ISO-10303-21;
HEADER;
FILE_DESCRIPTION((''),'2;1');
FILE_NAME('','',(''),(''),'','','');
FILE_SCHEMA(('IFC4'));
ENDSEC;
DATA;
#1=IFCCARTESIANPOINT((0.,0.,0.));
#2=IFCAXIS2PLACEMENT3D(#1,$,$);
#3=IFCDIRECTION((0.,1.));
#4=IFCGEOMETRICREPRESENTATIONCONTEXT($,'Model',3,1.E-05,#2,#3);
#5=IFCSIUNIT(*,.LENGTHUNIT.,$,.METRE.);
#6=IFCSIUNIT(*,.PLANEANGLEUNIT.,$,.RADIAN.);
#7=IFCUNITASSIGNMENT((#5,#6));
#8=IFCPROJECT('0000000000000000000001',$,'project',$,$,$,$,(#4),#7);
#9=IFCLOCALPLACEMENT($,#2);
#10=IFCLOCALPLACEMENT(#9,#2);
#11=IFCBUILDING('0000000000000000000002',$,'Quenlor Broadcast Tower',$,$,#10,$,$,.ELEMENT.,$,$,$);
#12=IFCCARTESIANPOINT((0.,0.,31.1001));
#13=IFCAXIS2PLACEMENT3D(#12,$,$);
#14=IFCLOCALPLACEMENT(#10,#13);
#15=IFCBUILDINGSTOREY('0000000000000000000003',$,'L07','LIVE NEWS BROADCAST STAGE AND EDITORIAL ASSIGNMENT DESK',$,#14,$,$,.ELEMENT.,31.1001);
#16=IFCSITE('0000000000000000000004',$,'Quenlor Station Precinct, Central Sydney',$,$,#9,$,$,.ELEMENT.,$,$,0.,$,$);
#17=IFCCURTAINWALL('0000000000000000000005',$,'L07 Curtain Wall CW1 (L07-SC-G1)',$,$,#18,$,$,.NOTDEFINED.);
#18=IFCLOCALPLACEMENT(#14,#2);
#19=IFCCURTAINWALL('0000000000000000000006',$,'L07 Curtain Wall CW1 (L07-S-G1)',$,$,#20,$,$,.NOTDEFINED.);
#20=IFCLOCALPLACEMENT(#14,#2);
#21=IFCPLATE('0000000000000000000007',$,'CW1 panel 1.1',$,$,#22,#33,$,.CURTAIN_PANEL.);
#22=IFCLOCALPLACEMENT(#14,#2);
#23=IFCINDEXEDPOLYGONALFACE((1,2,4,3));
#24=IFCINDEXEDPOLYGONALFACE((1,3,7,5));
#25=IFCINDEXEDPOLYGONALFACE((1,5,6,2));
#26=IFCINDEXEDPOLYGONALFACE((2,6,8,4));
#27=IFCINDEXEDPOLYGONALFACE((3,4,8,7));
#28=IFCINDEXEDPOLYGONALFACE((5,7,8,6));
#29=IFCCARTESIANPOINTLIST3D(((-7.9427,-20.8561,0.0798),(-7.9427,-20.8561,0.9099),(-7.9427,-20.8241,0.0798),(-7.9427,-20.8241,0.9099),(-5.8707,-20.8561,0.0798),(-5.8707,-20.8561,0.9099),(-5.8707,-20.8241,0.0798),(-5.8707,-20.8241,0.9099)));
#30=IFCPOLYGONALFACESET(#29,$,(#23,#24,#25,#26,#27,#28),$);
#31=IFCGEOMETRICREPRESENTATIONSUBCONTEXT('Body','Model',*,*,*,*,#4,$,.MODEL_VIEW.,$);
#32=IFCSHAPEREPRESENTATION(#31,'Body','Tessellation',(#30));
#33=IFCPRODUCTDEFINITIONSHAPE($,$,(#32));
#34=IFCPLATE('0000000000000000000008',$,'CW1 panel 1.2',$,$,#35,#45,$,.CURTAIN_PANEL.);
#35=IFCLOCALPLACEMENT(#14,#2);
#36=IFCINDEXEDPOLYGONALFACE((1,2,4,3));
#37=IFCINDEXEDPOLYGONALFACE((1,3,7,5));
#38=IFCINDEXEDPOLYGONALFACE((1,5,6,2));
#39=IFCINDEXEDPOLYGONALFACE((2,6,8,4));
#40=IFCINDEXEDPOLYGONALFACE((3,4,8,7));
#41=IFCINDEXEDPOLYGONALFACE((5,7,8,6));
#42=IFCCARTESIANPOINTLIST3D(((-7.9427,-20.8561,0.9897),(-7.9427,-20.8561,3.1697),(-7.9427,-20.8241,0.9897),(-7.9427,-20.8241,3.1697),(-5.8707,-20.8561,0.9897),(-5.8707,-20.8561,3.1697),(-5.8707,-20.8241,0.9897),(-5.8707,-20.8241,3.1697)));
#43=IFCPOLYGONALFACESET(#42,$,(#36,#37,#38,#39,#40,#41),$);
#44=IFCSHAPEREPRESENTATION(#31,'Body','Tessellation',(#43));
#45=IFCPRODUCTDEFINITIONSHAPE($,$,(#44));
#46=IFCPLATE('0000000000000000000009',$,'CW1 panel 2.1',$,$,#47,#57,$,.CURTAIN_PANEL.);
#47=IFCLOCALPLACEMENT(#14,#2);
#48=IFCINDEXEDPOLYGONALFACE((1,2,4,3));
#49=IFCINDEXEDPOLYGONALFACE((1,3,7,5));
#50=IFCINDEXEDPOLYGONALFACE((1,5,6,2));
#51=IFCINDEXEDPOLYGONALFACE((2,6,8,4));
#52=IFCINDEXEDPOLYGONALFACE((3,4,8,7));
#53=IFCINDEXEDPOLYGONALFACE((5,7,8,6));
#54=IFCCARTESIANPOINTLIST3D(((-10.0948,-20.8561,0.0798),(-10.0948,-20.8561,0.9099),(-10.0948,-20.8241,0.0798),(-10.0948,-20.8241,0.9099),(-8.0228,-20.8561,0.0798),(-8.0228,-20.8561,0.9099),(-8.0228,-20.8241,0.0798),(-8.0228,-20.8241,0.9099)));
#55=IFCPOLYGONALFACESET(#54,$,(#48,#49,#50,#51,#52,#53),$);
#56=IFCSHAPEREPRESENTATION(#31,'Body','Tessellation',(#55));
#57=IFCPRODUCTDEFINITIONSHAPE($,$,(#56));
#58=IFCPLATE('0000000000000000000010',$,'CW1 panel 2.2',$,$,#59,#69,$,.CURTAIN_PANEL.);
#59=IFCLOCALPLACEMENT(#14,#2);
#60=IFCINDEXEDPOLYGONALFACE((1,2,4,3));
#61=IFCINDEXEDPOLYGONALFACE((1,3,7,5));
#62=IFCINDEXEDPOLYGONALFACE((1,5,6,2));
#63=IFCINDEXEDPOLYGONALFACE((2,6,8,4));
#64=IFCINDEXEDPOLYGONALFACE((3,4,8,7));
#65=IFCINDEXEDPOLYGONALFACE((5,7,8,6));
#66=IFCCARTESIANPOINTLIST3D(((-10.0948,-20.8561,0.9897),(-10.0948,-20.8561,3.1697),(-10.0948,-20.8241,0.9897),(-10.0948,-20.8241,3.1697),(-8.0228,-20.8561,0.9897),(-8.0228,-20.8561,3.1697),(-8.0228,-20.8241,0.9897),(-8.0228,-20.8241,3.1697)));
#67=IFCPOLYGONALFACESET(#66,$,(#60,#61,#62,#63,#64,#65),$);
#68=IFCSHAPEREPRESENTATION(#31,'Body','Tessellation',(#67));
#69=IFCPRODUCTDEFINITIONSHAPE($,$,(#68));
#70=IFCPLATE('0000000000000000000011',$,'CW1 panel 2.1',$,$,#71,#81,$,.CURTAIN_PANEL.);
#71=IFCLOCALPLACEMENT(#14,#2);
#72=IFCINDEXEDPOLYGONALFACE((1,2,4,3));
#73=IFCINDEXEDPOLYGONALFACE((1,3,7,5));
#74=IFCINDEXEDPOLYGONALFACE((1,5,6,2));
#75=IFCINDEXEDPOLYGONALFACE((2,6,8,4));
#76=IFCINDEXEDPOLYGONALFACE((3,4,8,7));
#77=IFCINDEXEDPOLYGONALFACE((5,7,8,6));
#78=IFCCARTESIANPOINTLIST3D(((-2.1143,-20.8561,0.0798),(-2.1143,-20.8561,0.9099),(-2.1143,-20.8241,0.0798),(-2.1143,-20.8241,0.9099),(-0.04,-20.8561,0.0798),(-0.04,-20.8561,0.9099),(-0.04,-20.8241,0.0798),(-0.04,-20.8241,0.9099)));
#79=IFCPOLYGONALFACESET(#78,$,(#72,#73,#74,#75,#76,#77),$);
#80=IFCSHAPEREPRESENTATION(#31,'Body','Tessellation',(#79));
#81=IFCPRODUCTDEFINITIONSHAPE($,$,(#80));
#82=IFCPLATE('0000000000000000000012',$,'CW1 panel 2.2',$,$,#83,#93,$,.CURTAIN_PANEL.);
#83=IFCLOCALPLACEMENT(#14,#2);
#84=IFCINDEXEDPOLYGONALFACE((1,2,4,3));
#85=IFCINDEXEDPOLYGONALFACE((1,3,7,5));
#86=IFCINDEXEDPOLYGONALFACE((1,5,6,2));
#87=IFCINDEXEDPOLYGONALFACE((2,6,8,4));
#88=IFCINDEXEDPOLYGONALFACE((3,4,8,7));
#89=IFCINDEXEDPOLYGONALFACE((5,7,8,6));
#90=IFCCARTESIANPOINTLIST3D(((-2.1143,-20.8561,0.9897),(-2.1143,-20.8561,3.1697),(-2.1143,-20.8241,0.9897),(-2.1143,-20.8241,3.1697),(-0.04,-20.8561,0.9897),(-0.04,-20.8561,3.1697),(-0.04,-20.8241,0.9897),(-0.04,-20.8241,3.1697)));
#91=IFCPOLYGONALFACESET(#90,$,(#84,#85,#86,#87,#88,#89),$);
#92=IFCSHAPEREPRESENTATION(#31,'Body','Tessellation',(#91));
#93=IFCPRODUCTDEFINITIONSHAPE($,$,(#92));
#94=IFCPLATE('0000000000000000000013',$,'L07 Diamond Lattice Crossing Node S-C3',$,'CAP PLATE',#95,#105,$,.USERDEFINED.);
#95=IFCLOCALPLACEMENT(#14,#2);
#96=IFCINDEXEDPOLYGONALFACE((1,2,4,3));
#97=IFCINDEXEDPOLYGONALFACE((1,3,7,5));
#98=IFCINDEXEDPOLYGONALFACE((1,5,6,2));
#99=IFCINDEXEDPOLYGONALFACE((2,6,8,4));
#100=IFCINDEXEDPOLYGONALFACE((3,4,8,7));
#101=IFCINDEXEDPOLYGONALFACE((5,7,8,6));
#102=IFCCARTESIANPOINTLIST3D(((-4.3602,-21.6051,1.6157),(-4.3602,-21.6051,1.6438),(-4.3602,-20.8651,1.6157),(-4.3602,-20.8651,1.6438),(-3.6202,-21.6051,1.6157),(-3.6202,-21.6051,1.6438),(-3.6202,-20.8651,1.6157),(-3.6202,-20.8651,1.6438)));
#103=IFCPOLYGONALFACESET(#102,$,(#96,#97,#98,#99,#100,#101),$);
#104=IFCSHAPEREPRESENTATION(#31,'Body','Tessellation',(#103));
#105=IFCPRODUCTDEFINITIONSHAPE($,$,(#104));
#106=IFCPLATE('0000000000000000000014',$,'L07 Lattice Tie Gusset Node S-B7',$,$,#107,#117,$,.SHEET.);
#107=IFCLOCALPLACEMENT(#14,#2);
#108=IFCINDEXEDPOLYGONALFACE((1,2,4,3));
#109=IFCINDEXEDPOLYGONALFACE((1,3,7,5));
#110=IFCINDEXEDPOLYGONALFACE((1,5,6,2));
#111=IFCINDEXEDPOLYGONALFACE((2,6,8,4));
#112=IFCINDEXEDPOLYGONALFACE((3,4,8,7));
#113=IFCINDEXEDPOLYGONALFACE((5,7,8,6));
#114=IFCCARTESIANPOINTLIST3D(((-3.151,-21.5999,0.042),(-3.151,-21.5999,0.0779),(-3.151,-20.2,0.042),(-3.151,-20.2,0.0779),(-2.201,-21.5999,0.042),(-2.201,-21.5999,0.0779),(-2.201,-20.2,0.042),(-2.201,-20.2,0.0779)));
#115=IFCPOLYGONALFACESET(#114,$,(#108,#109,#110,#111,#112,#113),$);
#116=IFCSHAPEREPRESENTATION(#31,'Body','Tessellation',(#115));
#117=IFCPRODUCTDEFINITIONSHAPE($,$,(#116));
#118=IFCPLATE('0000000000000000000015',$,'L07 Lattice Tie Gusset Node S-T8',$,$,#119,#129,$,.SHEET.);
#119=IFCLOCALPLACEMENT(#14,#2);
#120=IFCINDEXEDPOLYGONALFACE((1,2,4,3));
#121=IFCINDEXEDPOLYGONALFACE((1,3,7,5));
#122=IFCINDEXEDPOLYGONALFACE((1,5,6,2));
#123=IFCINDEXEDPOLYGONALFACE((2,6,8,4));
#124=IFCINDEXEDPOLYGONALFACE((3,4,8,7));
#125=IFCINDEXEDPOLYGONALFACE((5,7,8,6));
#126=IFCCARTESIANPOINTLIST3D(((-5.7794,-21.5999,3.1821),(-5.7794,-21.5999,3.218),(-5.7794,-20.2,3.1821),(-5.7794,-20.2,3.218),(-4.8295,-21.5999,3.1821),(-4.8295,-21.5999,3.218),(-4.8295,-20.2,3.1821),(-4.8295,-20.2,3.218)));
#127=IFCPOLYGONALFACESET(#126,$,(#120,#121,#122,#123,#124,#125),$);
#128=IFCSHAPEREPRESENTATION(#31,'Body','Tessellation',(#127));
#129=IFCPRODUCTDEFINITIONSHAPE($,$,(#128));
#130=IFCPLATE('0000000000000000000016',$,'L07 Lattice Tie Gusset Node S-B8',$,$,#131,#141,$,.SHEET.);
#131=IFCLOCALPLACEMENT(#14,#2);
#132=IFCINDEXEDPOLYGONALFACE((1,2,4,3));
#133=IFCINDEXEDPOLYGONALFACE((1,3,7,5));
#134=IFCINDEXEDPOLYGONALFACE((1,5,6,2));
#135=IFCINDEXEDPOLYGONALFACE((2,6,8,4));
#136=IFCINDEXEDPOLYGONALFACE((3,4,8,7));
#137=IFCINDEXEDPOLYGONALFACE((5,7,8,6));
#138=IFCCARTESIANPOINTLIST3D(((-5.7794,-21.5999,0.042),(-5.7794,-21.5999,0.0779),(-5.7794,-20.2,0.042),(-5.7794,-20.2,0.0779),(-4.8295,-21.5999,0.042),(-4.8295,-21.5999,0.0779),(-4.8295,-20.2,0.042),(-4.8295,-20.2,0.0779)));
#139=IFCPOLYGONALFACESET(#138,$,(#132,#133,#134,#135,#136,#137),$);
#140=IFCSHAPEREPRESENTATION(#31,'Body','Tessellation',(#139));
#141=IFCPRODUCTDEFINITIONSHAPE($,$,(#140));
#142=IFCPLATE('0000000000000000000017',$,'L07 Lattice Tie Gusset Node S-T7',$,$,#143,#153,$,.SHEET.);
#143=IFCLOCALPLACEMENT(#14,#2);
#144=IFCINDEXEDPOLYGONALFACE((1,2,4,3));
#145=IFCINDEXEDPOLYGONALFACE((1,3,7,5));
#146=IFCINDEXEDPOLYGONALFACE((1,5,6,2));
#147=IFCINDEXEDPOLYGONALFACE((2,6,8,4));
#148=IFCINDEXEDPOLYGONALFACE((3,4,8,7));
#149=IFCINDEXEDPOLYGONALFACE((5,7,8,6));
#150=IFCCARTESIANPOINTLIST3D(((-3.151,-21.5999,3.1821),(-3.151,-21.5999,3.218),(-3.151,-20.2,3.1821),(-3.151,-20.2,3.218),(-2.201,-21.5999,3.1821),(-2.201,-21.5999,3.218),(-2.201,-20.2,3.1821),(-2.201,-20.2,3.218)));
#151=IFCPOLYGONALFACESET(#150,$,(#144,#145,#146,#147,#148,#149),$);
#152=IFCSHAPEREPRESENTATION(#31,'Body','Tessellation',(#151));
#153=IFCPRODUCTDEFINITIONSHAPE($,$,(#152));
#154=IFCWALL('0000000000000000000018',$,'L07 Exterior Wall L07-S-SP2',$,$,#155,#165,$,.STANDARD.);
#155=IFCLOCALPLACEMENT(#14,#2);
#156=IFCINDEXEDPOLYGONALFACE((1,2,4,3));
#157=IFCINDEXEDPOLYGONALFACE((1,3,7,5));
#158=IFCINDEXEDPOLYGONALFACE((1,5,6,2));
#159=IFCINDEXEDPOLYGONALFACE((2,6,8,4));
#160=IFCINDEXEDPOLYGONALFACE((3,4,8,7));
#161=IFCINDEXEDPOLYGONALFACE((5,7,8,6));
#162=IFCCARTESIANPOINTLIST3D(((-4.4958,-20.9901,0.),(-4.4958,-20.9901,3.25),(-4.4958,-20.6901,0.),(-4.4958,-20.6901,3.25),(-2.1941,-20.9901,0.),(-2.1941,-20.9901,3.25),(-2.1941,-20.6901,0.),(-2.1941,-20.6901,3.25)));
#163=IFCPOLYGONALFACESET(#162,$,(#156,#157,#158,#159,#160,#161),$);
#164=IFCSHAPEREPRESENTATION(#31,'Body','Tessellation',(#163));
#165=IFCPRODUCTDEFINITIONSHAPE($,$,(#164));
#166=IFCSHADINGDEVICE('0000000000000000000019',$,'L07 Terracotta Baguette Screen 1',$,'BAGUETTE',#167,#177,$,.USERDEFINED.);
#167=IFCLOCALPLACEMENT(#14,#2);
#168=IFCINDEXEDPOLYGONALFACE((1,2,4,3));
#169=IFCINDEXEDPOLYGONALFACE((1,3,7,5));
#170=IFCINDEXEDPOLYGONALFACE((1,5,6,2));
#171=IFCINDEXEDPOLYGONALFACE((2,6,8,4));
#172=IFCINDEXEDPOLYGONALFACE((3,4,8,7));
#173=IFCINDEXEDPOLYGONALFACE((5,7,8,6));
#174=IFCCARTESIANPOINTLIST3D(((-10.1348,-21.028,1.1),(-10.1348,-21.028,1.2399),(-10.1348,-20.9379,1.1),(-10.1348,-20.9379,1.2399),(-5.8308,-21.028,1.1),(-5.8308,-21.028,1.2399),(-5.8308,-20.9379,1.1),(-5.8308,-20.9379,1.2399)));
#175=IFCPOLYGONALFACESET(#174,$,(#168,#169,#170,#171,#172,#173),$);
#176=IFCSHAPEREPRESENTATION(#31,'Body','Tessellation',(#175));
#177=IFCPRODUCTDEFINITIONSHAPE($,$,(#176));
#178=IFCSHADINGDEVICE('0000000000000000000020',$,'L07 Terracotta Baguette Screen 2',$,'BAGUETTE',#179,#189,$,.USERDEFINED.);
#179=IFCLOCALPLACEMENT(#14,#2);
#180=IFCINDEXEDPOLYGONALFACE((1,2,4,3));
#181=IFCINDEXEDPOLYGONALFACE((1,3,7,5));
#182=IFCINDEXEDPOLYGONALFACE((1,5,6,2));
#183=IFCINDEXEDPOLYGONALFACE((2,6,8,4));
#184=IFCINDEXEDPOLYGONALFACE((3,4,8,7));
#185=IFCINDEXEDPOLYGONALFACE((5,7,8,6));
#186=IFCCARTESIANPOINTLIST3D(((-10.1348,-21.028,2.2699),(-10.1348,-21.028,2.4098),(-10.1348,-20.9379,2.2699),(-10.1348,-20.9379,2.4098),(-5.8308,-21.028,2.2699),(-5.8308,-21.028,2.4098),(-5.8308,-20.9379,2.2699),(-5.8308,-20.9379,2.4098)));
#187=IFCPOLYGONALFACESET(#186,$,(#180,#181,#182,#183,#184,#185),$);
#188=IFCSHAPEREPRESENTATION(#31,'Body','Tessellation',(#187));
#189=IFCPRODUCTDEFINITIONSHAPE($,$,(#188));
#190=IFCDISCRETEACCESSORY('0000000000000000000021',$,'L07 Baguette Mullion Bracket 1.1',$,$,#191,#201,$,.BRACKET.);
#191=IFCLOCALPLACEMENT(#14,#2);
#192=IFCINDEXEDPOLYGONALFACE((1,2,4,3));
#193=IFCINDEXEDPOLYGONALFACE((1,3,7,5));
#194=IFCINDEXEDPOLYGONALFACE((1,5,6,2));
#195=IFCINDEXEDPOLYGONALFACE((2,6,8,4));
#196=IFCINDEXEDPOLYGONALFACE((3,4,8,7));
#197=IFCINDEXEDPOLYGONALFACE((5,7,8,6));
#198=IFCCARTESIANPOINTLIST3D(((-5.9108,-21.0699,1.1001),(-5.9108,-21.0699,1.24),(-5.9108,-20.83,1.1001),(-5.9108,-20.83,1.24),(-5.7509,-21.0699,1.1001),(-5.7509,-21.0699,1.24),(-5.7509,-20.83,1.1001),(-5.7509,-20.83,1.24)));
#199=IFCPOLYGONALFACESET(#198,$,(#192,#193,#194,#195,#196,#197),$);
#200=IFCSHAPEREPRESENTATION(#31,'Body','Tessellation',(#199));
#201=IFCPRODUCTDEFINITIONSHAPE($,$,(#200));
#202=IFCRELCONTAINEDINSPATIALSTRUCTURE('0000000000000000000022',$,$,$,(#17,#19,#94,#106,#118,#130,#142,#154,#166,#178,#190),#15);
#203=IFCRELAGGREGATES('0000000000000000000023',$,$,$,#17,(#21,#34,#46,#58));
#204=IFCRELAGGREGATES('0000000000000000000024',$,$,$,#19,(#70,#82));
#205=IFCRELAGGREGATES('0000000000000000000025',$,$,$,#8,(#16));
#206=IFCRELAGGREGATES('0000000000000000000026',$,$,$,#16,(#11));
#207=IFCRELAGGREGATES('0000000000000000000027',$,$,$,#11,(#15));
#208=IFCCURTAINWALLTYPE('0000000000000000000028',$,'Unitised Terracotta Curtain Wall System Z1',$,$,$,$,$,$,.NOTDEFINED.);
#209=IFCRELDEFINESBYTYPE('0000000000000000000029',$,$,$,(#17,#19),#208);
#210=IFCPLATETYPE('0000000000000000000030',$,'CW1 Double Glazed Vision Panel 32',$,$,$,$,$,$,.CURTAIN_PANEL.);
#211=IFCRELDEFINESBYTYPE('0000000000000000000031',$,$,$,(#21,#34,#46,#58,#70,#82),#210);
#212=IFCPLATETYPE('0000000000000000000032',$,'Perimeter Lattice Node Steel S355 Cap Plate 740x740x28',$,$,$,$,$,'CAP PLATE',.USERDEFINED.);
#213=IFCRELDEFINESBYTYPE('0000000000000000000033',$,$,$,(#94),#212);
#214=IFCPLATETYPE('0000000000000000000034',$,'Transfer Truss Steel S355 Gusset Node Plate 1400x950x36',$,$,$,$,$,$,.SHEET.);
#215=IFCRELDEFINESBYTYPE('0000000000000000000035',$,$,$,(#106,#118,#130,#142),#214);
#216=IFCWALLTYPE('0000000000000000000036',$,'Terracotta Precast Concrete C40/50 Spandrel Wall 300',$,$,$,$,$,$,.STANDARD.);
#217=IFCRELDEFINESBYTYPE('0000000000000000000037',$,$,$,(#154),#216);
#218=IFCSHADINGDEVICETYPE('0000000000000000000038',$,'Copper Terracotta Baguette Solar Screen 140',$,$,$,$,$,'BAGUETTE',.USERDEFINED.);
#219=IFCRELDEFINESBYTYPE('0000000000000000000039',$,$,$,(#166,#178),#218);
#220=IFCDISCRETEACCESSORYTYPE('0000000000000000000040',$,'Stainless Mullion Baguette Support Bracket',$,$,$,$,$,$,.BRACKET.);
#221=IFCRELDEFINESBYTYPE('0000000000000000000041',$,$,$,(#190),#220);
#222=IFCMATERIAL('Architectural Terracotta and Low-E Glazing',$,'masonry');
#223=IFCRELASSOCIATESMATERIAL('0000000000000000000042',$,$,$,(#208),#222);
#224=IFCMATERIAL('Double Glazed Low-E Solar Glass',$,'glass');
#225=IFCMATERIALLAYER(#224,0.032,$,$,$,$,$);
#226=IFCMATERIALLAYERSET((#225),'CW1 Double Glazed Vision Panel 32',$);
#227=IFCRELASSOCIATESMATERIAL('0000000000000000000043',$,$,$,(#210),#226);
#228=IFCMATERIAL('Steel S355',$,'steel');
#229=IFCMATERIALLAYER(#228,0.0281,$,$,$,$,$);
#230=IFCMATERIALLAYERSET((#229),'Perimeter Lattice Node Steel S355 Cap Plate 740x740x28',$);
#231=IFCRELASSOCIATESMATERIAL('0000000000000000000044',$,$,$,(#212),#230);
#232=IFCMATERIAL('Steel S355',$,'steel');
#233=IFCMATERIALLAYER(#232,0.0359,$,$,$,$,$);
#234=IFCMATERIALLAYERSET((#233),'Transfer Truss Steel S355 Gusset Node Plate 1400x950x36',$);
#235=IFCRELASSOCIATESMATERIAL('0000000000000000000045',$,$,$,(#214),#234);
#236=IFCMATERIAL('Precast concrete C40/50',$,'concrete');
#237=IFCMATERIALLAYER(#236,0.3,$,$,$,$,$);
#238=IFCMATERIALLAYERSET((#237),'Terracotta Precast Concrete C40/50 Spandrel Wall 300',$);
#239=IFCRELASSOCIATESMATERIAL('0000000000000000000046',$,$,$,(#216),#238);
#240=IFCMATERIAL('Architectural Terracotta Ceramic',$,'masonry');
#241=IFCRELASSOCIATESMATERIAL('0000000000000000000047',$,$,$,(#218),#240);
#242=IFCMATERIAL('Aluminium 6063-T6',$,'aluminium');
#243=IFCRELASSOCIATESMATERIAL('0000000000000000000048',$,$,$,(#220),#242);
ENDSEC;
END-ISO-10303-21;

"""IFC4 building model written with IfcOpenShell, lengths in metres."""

from ifc_helpers import new_model, si_unit, direction, frame, frame_2d, origin, origin_2d, place, context, subcontext, project, spatial, rectangle, extrude, material, layer, layer_set, material_profile, profile_set, type_object, element, aggregate, save


model = new_model("IFC4")

# Units and contexts
model_context = context("Model", 3, precision=1e-05, world=origin(), true_north=direction((0.0, 1.0)))
body_context = subcontext(model_context, "Body", "Model", "MODEL_VIEW")
ifc_project = project(units=[si_unit("LENGTHUNIT", "METRE"), si_unit("PLANEANGLEUNIT", "RADIAN")], contexts=[model_context])

# Site, building, storey
site_placement = place(None, origin())
site = spatial("IfcSite", under=ifc_project, at=site_placement, Name="Quenlor Station Precinct, Central Sydney", CompositionType="ELEMENT", RefElevation=0.0)
building_placement = place(site_placement, origin())
building = spatial("IfcBuilding", under=site, at=building_placement, Name="Quenlor Broadcast Tower", CompositionType="ELEMENT")
storey_placement = place(building_placement, frame((0.0, 0.0, 31.1001)))
storey = spatial("IfcBuildingStorey", under=building, at=storey_placement, Name="L07", Description="LIVE NEWS BROADCAST STAGE AND EDITORIAL ASSIGNMENT DESK", CompositionType="ELEMENT", Elevation=31.1001)

# Curtain wall
ifc_material_1 = material(Name="Architectural Terracotta and Low-E Glazing", Category="masonry")
curtain_wall_type = type_object("IfcCurtainWallType", Name="Unitised Terracotta Curtain Wall System Z1", PredefinedType="NOTDEFINED", material=ifc_material_1)
curtain_wall_1_placement = place(storey_placement, origin())
curtain_wall_1 = element("IfcCurtainWall", 1, at=curtain_wall_1_placement, inside=storey, type_object=curtain_wall_type, Name="L07 Curtain Wall CW1 (L07-SC-G1)", PredefinedType="NOTDEFINED")

# Curtain wall
curtain_wall_2_placement = place(storey_placement, origin())
curtain_wall_2 = element("IfcCurtainWall", 2, at=curtain_wall_2_placement, inside=storey, type_object=curtain_wall_type, Name="L07 Curtain Wall CW1 (L07-S-G1)", PredefinedType="NOTDEFINED")

# Plates
ifc_material_2 = material(Name="Double Glazed Low-E Solar Glass", Category="glass")
ifc_layer_1 = layer(ifc_material_2, 0.032)
ifc_layer_set_1 = layer_set([ifc_layer_1], Name="CW1 Double Glazed Vision Panel 32")
plate_type_1 = type_object("IfcPlateType", Name="CW1 Double Glazed Vision Panel 32", PredefinedType="CURTAIN_PANEL", material=ifc_layer_set_1)
plate_1_placement = place(storey_placement, frame((-6.9067, -20.8401, 0.0798), z_axis=(0.0, 0.0, 1.0), x_axis=(-1.0, 0.0, 0.0)))
plate_1 = element("IfcPlate", 3, at=plate_1_placement, type_object=plate_type_1, Name="CW1 panel 1.1", PredefinedType="CURTAIN_PANEL", context=body_context, shape_type="SweptSolid", body=[
    extrude(rectangle(XDim=2.072, YDim=0.032, at=origin_2d()), origin(), (0.0, 0.0, 1.0), 0.8301),
])
plate_2_placement = place(storey_placement, frame((-6.9067, -20.8401, 0.9897), z_axis=(0.0, 0.0, 1.0), x_axis=(-1.0, 0.0, 0.0)))
plate_2 = element("IfcPlate", 4, at=plate_2_placement, type_object=plate_type_1, Name="CW1 panel 1.2", PredefinedType="CURTAIN_PANEL", context=body_context, shape_type="SweptSolid", body=[
    extrude(rectangle(XDim=2.072, YDim=0.032, at=origin_2d()), origin(), (0.0, 0.0, 1.0), 2.1799),
])
plate_3_placement = place(storey_placement, frame((-9.0588, -20.8401, 0.0798), z_axis=(0.0, 0.0, 1.0), x_axis=(-1.0, 0.0, 0.0)))
plate_3 = element("IfcPlate", 5, at=plate_3_placement, type_object=plate_type_1, Name="CW1 panel 2.1", PredefinedType="CURTAIN_PANEL", context=body_context, shape_type="SweptSolid", body=[
    extrude(rectangle(XDim=2.072, YDim=0.032, at=origin_2d()), origin(), (0.0, 0.0, 1.0), 0.8301),
])
plate_4_placement = place(storey_placement, frame((-9.0588, -20.8401, 0.9897), z_axis=(0.0, 0.0, 1.0), x_axis=(-1.0, 0.0, 0.0)))
plate_4 = element("IfcPlate", 6, at=plate_4_placement, type_object=plate_type_1, Name="CW1 panel 2.2", PredefinedType="CURTAIN_PANEL", context=body_context, shape_type="SweptSolid", body=[
    extrude(rectangle(XDim=2.072, YDim=0.032, at=origin_2d()), origin(), (0.0, 0.0, 1.0), 2.1799),
])
aggregate(curtain_wall_1, [plate_1, plate_2, plate_3, plate_4])
plate_5_placement = place(storey_placement, frame((-1.0771, -20.8401, 0.0798), z_axis=(0.0, 0.0, 1.0), x_axis=(-1.0, 0.0, 0.0)))
plate_5 = element("IfcPlate", 7, at=plate_5_placement, type_object=plate_type_1, Name="CW1 panel 2.1", PredefinedType="CURTAIN_PANEL", context=body_context, shape_type="SweptSolid", body=[
    extrude(rectangle(XDim=2.0742, YDim=0.032, at=origin_2d()), origin(), (0.0, 0.0, 1.0), 0.8301),
])
plate_6_placement = place(storey_placement, frame((-1.0771, -20.8401, 0.9897), z_axis=(0.0, 0.0, 1.0), x_axis=(-1.0, 0.0, 0.0)))
plate_6 = element("IfcPlate", 8, at=plate_6_placement, type_object=plate_type_1, Name="CW1 panel 2.2", PredefinedType="CURTAIN_PANEL", context=body_context, shape_type="SweptSolid", body=[
    extrude(rectangle(XDim=2.0742, YDim=0.032, at=origin_2d()), origin(), (0.0, 0.0, 1.0), 2.1799),
])
aggregate(curtain_wall_2, [plate_5, plate_6])

# Plates
ifc_material_3 = material(Name="Steel S355", Category="steel")
ifc_layer_2 = layer(ifc_material_3, 0.0281)
ifc_layer_set_2 = layer_set([ifc_layer_2], Name="Perimeter Lattice Node Steel S355 Cap Plate 740x740x28")
plate_type_2 = type_object("IfcPlateType", Name="Perimeter Lattice Node Steel S355 Cap Plate 740x740x28", ElementType="CAP PLATE", PredefinedType="USERDEFINED", material=ifc_layer_set_2)
plate_7_placement = place(storey_placement, frame((-3.9902, -21.2351, 1.6157), z_axis=(0.0, 0.0, 1.0), x_axis=(-1.0, 0.0, 0.0)))
element("IfcPlate", 9, at=plate_7_placement, inside=storey, type_object=plate_type_2, Name="L07 Diamond Lattice Crossing Node S-C3", ObjectType="CAP PLATE", PredefinedType="USERDEFINED", context=body_context, shape_type="SweptSolid", body=[
    extrude(rectangle(XDim=0.74, YDim=0.74, at=origin_2d()), origin(), (0.0, 0.0, 1.0), 0.0281),
])
ifc_material_4 = material(Name="Steel S355", Category="steel")
ifc_layer_3 = layer(ifc_material_4, 0.0359)
ifc_layer_set_3 = layer_set([ifc_layer_3], Name="Transfer Truss Steel S355 Gusset Node Plate 1400x950x36")
plate_type_3 = type_object("IfcPlateType", Name="Transfer Truss Steel S355 Gusset Node Plate 1400x950x36", PredefinedType="SHEET", material=ifc_layer_set_3)
for number, where, z_axis, x_axis, name in (
    (10, (-2.676, -20.8999, 0.042), (0.0, 0.0, 1.0), (0.0, -1.0, 0.0), "L07 Lattice Tie Gusset Node S-B7"),
    (11, (-5.3044, -20.8999, 3.1821), (0.0, 0.0, 1.0), (0.0, -1.0, 0.0), "L07 Lattice Tie Gusset Node S-T8"),
    (12, (-5.3044, -20.8999, 0.042), (0.0, 0.0, 1.0), (0.0, -1.0, 0.0), "L07 Lattice Tie Gusset Node S-B8"),
    (13, (-2.676, -20.8999, 3.1821), (0.0, 0.0, 1.0), (0.0, -1.0, 0.0), "L07 Lattice Tie Gusset Node S-T7"),
):
    element("IfcPlate", number, at=place(storey_placement, frame(where, z_axis=z_axis, x_axis=x_axis)), inside=storey, type_object=plate_type_3, Name=name, PredefinedType="SHEET", context=body_context, shape_type="SweptSolid", body=[
        extrude(rectangle(XDim=1.3999, YDim=0.95, at=origin_2d()), origin(), (0.0, 0.0, 1.0), 0.0359),
    ])

# Wall
ifc_material_5 = material(Name="Precast concrete C40/50", Category="concrete")
ifc_layer_4 = layer(ifc_material_5, 0.3)
ifc_layer_set_4 = layer_set([ifc_layer_4], Name="Terracotta Precast Concrete C40/50 Spandrel Wall 300")
wall_type = type_object("IfcWallType", Name="Terracotta Precast Concrete C40/50 Spandrel Wall 300", PredefinedType="STANDARD", material=ifc_layer_set_4)
wall_placement = place(storey_placement, frame((-2.1941, -20.8401, 0.0), z_axis=(0.0, 0.0, 1.0), x_axis=(-1.0, 0.0, 0.0)))
element("IfcWall", 14, at=wall_placement, inside=storey, type_object=wall_type, Name="L07 Exterior Wall L07-S-SP2", PredefinedType="STANDARD", context=body_context, shape_type="SweptSolid", body=[
    extrude(rectangle(XDim=2.3018, YDim=0.3, at=frame_2d((1.1509, 0.0))), origin(), (0.0, 0.0, 1.0), 3.25),
])

# Shading devices
ifc_material_6 = material(Name="Architectural Terracotta Ceramic", Category="masonry")
ifc_material_profile_1 = material_profile(ifc_material_6, rectangle(XDim=0.0901, YDim=0.1399, at=origin_2d()))
ifc_profile_set_1 = profile_set([ifc_material_profile_1], Name="Architectural Terracotta Ceramic BAG90x140")
shading_device_type = type_object("IfcShadingDeviceType", Name="Copper Terracotta Baguette Solar Screen 140", ElementType="BAGUETTE", PredefinedType="USERDEFINED", material=ifc_profile_set_1)
for number, where, z_axis, x_axis, name in (
    (15, (-5.8308, -20.9829, 1.1699), (-1.0, 0.0, 0.0), (0.0, -1.0, 0.0), "L07 Terracotta Baguette Screen 1"),
    (16, (-5.8308, -20.9829, 2.3398), (-1.0, 0.0, 0.0), (0.0, -1.0, 0.0), "L07 Terracotta Baguette Screen 2"),
):
    element("IfcShadingDevice", number, at=place(storey_placement, frame(where, z_axis=z_axis, x_axis=x_axis)), inside=storey, type_object=shading_device_type, Name=name, ObjectType="BAGUETTE", PredefinedType="USERDEFINED", context=body_context, shape_type="SweptSolid", body=[
        extrude(rectangle(XDim=0.0901, YDim=0.1399, at=origin_2d()), origin(), (0.0, 0.0, 1.0), 4.304),
    ])

# Discrete accessory
ifc_material_7 = material(Name="Aluminium 6063-T6", Category="aluminium")
discrete_accessory_type = type_object("IfcDiscreteAccessoryType", Name="Stainless Mullion Baguette Support Bracket", PredefinedType="BRACKET", material=ifc_material_7)
for number, where, z_axis, x_axis, name in (
    (17, (-5.8308, -20.95, 1.1001), (0.0, 0.0, 1.0), (-1.0, 0.0, 0.0), "L07 Baguette Mullion Bracket 1.1"),
):
    element("IfcDiscreteAccessory", number, at=place(storey_placement, frame(where, z_axis=z_axis, x_axis=x_axis)), inside=storey, type_object=discrete_accessory_type, Name=name, PredefinedType="BRACKET", context=body_context, shape_type="SweptSolid", body=[
        extrude(rectangle(XDim=0.1599, YDim=0.24, at=origin_2d()), origin(), (0.0, 0.0, 1.0), 0.1399),
    ])

save(model, "model.ifc")
